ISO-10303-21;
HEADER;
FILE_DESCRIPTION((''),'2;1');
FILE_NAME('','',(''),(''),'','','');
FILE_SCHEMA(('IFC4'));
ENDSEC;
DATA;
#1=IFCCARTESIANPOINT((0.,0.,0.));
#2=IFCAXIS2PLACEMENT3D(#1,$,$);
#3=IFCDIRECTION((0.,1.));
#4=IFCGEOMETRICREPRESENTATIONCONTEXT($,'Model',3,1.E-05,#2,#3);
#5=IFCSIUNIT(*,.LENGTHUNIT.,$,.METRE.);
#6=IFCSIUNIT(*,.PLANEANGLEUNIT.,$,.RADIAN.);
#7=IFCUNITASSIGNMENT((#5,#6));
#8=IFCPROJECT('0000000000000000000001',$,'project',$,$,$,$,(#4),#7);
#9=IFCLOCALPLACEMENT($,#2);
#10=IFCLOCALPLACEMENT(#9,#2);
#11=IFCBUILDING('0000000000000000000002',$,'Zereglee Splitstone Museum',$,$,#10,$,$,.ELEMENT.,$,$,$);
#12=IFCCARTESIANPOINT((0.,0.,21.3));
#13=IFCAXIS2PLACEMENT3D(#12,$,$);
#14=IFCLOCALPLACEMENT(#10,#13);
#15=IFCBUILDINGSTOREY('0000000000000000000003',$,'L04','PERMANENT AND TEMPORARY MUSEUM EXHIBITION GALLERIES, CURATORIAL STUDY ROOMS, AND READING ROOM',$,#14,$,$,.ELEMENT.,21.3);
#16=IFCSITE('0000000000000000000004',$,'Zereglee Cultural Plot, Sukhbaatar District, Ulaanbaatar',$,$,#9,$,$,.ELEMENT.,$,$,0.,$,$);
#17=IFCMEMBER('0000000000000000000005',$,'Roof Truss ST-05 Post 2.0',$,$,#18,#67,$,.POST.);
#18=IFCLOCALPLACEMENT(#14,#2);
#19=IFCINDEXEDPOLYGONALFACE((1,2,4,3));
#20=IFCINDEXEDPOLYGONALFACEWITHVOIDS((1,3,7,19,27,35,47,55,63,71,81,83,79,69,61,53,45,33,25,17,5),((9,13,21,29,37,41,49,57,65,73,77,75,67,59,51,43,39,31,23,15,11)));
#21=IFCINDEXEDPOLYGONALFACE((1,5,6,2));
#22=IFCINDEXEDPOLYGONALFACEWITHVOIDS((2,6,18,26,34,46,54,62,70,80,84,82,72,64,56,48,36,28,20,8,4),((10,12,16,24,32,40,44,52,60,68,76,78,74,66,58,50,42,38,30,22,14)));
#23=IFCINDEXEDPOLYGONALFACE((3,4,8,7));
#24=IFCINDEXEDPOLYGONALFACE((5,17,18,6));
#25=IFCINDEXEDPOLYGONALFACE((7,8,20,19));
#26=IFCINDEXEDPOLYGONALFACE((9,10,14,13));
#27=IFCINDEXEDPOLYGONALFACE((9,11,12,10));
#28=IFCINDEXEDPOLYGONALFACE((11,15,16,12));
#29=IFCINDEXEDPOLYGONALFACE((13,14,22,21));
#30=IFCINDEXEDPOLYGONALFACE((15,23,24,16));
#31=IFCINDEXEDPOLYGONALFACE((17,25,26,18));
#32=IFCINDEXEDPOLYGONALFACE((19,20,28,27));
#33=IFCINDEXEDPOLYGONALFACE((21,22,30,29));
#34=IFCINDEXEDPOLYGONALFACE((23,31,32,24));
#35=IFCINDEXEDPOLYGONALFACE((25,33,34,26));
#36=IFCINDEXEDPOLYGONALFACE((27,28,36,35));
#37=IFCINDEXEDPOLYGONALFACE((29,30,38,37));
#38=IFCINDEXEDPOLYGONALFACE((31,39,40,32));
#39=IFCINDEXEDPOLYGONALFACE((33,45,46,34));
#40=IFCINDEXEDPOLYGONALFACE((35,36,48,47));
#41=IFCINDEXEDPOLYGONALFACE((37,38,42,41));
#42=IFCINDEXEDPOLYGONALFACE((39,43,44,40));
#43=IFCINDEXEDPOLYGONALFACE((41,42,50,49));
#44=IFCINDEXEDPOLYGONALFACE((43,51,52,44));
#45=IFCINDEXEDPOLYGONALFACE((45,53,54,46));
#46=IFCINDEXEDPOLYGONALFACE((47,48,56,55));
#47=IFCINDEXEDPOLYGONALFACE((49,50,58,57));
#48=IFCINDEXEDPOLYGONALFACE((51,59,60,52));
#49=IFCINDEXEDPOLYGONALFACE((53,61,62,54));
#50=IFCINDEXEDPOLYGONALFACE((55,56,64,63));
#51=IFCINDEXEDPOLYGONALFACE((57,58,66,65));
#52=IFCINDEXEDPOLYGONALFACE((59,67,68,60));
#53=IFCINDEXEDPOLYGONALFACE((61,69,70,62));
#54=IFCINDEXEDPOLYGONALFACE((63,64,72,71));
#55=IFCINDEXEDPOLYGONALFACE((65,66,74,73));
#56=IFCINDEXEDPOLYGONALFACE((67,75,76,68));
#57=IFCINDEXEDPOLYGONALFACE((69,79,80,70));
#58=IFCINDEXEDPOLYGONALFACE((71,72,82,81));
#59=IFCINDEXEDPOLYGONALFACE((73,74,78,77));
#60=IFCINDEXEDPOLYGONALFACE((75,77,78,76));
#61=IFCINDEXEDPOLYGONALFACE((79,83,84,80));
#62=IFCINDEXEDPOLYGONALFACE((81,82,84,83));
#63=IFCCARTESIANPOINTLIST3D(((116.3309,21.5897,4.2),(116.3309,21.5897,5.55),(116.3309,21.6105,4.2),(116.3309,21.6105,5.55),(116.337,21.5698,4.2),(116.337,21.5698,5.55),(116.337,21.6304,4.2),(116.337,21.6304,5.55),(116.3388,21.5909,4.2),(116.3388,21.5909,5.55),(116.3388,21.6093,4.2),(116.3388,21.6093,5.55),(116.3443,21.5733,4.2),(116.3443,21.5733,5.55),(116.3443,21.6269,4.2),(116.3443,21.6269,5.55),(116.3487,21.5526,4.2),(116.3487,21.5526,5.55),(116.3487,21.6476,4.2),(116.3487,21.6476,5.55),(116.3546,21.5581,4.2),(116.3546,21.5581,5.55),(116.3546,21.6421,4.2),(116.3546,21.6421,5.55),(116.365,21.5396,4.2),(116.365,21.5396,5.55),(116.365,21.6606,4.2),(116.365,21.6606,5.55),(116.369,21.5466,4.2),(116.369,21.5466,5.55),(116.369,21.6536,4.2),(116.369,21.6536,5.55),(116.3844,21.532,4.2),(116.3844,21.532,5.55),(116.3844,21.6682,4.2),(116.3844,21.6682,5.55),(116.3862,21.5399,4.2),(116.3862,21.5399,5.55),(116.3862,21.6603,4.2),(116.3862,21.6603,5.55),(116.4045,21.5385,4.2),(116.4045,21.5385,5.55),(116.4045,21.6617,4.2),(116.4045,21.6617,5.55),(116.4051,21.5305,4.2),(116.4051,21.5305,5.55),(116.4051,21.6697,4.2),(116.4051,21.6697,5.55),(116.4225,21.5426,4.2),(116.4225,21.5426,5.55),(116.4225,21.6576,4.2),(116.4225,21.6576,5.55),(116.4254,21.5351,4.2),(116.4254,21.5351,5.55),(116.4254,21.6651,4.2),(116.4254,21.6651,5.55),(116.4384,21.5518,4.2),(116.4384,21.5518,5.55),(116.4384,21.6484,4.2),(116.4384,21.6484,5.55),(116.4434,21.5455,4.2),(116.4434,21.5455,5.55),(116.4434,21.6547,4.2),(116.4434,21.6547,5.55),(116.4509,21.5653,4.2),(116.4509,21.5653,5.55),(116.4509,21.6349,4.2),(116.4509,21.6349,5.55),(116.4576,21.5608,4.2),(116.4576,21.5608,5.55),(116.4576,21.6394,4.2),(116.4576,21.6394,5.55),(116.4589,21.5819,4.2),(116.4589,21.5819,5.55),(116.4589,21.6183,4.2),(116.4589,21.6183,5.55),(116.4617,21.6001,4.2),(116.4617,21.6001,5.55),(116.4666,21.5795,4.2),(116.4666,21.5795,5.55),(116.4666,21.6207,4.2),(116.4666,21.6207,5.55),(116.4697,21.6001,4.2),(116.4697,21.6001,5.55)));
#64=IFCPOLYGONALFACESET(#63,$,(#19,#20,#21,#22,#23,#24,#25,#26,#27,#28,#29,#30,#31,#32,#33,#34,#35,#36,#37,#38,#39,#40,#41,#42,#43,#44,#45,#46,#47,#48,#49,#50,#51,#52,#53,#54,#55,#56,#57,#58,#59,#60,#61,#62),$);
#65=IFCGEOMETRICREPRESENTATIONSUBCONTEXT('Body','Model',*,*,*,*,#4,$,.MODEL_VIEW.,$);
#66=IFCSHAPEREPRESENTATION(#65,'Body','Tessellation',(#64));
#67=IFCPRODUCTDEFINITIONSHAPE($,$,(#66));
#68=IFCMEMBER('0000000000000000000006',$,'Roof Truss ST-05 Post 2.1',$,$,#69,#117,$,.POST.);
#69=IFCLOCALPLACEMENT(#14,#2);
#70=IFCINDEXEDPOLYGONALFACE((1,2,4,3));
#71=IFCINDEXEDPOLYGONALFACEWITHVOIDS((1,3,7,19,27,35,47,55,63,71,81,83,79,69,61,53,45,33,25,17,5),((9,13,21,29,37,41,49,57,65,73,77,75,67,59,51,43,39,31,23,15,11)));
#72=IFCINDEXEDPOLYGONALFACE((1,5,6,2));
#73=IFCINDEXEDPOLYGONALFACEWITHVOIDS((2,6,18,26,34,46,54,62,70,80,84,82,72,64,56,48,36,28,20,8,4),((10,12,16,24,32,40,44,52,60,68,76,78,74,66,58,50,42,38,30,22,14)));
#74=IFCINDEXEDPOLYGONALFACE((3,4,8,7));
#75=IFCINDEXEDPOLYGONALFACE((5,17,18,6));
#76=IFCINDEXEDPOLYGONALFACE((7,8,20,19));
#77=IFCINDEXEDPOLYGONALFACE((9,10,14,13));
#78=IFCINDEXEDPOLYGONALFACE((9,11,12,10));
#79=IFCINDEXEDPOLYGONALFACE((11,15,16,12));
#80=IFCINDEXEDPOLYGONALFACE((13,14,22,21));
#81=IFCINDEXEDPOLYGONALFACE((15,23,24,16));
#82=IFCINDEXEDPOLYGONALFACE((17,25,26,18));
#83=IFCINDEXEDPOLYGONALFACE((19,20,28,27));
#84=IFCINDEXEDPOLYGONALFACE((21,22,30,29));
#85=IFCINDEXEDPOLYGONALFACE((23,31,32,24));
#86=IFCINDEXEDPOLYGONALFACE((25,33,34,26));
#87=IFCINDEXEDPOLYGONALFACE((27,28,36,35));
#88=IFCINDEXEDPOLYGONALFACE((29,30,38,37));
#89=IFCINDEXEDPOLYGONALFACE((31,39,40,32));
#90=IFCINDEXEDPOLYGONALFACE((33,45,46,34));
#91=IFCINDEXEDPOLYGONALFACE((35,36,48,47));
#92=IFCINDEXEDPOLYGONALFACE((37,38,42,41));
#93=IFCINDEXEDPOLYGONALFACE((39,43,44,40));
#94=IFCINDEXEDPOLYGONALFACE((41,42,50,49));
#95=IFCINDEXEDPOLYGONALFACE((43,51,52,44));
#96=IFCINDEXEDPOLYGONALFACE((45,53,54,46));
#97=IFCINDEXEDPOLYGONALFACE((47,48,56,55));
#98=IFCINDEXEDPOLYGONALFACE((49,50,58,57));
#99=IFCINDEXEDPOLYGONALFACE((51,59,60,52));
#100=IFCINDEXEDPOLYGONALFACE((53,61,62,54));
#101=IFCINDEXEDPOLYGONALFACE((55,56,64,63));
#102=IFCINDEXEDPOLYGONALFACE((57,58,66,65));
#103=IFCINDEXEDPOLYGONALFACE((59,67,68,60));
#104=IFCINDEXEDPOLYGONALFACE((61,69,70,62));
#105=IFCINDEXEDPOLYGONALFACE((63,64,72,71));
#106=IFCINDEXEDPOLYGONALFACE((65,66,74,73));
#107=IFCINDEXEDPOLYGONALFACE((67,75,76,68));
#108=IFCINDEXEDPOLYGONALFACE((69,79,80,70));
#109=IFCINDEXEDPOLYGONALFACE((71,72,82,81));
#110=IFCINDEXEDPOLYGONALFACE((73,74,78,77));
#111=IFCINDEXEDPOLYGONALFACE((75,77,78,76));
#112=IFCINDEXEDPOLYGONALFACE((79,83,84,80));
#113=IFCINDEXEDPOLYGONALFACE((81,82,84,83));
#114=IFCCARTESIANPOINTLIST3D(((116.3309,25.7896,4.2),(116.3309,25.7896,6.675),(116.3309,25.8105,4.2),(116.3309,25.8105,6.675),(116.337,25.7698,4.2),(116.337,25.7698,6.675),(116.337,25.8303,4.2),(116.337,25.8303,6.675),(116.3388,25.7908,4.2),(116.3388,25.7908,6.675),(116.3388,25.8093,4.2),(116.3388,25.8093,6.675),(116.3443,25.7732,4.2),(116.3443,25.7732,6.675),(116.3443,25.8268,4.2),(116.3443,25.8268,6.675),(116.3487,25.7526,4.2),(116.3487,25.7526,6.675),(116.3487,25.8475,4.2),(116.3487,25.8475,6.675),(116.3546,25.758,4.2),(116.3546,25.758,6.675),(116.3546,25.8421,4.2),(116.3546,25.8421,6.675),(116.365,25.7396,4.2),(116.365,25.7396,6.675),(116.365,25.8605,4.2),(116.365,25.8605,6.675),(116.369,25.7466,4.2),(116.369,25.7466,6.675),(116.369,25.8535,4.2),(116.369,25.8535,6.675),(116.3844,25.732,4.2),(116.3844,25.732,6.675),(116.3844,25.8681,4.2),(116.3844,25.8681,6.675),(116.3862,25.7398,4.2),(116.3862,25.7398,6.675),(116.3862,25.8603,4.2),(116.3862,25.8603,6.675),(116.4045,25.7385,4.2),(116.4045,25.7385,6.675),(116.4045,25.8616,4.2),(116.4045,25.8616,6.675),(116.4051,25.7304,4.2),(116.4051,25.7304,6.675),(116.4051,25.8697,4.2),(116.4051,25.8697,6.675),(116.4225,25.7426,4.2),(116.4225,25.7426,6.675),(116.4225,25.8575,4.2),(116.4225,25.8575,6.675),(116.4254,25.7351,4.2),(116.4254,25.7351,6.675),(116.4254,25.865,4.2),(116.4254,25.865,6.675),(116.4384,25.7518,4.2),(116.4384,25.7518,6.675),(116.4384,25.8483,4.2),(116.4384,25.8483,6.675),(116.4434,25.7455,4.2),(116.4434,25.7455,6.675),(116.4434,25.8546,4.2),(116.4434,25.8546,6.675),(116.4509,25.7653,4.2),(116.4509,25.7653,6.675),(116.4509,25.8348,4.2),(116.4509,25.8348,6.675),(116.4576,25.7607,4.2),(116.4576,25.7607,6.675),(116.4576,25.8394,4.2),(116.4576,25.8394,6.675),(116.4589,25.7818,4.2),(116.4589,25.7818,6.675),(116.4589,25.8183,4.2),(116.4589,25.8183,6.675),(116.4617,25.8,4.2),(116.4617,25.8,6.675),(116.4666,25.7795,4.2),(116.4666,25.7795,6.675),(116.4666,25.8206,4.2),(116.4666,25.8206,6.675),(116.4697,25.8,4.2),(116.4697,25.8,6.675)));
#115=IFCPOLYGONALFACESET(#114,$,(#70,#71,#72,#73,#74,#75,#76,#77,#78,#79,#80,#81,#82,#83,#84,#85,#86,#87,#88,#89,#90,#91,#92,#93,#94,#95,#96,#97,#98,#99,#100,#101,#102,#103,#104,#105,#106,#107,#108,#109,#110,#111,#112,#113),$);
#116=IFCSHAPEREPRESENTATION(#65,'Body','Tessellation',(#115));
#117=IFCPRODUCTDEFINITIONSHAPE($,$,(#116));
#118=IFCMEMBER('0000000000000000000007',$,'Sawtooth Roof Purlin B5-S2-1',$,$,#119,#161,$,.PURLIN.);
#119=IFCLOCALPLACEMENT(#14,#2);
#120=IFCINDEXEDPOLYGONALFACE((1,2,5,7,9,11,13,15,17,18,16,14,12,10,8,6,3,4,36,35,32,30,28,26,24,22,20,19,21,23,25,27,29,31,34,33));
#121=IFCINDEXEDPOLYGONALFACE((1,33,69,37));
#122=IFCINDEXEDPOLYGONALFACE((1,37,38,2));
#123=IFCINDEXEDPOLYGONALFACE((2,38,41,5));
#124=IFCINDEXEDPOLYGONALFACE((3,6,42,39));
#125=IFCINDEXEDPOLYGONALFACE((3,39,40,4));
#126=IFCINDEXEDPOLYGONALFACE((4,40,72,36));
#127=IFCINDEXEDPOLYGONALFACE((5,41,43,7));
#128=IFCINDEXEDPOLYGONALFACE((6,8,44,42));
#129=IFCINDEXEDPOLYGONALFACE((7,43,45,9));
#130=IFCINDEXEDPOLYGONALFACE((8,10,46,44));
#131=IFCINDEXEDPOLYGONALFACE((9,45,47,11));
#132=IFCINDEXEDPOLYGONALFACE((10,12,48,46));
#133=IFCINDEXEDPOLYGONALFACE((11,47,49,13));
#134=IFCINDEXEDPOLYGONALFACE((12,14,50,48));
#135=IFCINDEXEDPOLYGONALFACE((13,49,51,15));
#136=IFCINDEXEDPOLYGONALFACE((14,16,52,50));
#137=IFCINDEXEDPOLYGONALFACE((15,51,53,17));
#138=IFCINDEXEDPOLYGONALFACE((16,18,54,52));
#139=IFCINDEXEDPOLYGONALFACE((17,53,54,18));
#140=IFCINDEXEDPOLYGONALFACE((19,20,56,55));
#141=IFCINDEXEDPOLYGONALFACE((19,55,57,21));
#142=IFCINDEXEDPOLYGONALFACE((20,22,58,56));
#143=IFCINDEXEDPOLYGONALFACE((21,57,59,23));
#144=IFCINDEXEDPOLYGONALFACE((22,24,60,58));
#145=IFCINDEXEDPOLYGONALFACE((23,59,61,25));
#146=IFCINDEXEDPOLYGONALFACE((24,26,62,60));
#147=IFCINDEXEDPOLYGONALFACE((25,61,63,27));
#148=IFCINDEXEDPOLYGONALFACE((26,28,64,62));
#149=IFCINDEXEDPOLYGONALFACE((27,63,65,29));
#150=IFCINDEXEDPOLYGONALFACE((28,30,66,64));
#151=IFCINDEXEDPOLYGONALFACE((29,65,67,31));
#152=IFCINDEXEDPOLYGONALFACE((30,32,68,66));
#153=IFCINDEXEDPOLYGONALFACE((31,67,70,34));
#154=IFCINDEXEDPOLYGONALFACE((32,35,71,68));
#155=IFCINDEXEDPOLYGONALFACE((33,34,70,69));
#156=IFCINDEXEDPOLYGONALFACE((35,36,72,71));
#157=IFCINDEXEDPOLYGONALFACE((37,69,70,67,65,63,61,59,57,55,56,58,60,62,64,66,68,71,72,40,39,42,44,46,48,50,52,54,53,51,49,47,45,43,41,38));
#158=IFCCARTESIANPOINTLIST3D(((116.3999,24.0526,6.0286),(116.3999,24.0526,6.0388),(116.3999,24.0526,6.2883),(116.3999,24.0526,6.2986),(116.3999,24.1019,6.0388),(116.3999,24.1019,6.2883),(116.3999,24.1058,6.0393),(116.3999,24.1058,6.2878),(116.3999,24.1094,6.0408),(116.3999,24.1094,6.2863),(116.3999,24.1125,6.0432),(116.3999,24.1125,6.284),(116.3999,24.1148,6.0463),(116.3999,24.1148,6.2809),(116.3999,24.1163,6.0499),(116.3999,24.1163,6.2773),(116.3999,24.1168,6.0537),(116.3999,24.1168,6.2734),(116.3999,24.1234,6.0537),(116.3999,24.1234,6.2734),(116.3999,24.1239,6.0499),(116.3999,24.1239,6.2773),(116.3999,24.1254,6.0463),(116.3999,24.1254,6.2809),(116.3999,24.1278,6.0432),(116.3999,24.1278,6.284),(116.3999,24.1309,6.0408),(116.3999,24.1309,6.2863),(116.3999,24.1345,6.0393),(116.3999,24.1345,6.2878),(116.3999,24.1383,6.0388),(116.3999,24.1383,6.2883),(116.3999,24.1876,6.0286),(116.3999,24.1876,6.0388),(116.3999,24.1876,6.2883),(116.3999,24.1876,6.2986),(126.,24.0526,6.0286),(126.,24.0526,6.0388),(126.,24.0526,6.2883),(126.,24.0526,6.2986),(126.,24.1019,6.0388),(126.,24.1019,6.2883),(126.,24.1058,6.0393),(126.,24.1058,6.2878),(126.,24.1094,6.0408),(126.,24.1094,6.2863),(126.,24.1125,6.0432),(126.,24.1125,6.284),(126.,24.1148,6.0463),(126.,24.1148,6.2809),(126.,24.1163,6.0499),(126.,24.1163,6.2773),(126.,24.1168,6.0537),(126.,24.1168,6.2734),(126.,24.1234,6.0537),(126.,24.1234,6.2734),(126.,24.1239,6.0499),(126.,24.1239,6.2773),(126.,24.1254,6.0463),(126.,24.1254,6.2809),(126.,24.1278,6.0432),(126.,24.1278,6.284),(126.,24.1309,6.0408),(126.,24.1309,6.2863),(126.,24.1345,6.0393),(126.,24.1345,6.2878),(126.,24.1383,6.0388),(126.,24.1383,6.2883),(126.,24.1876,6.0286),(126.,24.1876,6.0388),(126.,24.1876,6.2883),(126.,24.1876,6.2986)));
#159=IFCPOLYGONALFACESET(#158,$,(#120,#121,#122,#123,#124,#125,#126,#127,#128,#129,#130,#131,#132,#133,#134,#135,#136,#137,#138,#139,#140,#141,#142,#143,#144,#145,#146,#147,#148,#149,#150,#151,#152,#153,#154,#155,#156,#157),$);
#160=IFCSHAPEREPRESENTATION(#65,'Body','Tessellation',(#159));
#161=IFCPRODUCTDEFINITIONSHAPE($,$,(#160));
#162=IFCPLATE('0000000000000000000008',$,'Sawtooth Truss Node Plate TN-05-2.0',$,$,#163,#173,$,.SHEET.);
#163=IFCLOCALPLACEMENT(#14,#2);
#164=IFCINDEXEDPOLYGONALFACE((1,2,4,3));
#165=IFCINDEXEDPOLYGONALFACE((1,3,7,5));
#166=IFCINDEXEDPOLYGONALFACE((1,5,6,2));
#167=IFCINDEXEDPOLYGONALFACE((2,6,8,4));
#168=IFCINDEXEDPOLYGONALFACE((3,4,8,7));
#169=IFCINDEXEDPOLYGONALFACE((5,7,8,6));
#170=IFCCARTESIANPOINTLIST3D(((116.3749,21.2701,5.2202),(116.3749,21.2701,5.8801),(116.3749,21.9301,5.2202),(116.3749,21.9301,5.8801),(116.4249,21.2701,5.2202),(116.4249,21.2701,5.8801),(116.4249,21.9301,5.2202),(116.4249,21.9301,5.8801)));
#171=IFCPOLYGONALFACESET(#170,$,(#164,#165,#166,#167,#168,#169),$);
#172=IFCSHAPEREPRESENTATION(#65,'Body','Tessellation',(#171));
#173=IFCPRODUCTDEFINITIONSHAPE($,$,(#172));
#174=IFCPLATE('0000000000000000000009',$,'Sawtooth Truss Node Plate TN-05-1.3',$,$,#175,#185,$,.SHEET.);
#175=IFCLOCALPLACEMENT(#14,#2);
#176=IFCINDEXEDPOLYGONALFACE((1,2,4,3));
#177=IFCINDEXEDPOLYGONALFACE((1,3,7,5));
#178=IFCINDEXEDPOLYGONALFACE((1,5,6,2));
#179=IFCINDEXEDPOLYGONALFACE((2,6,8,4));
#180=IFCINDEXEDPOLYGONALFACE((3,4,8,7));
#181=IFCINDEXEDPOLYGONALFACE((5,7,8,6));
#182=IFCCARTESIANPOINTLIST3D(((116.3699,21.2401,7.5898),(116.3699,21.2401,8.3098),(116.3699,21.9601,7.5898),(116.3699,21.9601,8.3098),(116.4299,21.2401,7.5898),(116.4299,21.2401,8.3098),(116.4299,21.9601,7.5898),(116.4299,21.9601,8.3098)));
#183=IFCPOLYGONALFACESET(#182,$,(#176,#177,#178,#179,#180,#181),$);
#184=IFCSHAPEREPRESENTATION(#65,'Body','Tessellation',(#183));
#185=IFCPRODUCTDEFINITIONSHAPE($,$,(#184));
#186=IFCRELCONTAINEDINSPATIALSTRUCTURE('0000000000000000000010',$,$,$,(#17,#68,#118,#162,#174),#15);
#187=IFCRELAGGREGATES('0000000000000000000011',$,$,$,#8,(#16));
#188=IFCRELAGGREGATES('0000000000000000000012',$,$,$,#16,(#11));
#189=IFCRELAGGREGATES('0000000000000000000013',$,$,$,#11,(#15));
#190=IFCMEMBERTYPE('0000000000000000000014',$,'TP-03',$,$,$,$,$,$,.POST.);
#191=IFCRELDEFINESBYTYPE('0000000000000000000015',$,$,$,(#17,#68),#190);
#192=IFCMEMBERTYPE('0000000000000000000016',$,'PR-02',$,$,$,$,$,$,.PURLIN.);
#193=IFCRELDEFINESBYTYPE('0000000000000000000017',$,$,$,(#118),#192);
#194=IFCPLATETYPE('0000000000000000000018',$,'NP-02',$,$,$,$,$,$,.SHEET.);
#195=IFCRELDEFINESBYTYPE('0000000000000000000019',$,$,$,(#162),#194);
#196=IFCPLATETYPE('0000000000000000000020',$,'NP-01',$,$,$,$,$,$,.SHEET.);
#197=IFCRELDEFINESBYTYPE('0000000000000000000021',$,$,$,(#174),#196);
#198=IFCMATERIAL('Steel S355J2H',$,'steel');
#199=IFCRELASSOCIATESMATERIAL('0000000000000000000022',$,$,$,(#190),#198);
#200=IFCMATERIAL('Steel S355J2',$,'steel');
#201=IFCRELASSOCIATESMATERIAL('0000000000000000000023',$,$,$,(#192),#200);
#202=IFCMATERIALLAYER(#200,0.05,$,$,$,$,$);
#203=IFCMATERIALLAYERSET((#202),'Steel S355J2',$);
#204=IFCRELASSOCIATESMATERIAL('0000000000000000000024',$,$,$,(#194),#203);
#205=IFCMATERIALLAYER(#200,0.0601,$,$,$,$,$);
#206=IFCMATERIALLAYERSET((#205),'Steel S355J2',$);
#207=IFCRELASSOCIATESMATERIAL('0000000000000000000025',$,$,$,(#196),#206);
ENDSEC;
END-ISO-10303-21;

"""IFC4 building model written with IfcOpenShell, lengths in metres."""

from ifc_helpers import new_model, si_unit, direction, frame, origin, origin_2d, place, context, subcontext, project, spatial, rectangle, hollow_circle, i_section, extrude, material, layer, layer_set, material_profile, profile_set, type_object, element, save


model = new_model("IFC4")

# Units and contexts
model_context = context("Model", 3, precision=1e-05, world=origin(), true_north=direction((0.0, 1.0)))
body_context = subcontext(model_context, "Body", "Model", "MODEL_VIEW")
ifc_project = project(units=[si_unit("LENGTHUNIT", "METRE"), si_unit("PLANEANGLEUNIT", "RADIAN")], contexts=[model_context])

# Site, building, storey
site_placement = place(None, origin())
site = spatial("IfcSite", under=ifc_project, at=site_placement, Name="Zereglee Cultural Plot, Sukhbaatar District, Ulaanbaatar", CompositionType="ELEMENT", RefElevation=0.0)
building_placement = place(site_placement, origin())
building = spatial("IfcBuilding", under=site, at=building_placement, Name="Zereglee Splitstone Museum", CompositionType="ELEMENT")
storey_placement = place(building_placement, frame((0.0, 0.0, 21.3)))
storey = spatial("IfcBuildingStorey", under=building, at=storey_placement, Name="L04", Description="PERMANENT AND TEMPORARY MUSEUM EXHIBITION GALLERIES, CURATORIAL STUDY ROOMS, AND READING ROOM", CompositionType="ELEMENT", Elevation=21.3)

# Shared definitions
ifc_material_1 = material(Name="Steel S355J2", Category="steel")

# Shared definitions
ifc_material_2 = material(Name="Steel S355J2H", Category="steel")

# Members
ifc_material_profile_1 = material_profile(ifc_material_2, hollow_circle(Radius=0.0698, WallThickness=0.0081, at=origin_2d()), Name="CHS 139.7x8")
ifc_profile_set_1 = profile_set([ifc_material_profile_1], Name="Steel S355J2H")
member_type_1 = type_object("IfcMemberType", Name="TP-03", PredefinedType="POST", material=ifc_profile_set_1)
member_1_placement = place(storey_placement, frame((116.3999, 21.6001, 4.2), z_axis=(0.0, 0.0, 1.0), x_axis=(1.0, 0.0, 0.0)))
element("IfcMember", 1, at=member_1_placement, inside=storey, type_object=member_type_1, Name="Roof Truss ST-05 Post 2.0", PredefinedType="POST", context=body_context, shape_type="SweptSolid", body=[
    extrude(hollow_circle(Radius=0.0698, WallThickness=0.0081, at=origin_2d()), origin(), (0.0, 0.0, 1.0), 1.3501),
])
member_2_placement = place(storey_placement, frame((116.3999, 25.8, 4.2), z_axis=(0.0, 0.0, 1.0), x_axis=(1.0, 0.0, 0.0)))
element("IfcMember", 2, at=member_2_placement, inside=storey, type_object=member_type_1, Name="Roof Truss ST-05 Post 2.1", PredefinedType="POST", context=body_context, shape_type="SweptSolid", body=[
    extrude(hollow_circle(Radius=0.0698, WallThickness=0.0081, at=origin_2d()), origin(), (0.0, 0.0, 1.0), 2.4751),
])
ifc_material_profile_2 = material_profile(ifc_material_1, i_section(OverallWidth=0.135, OverallDepth=0.27, WebThickness=0.0066, FlangeThickness=0.0103, FilletRadius=0.0149, at=origin_2d()), Name="IPE 270")
ifc_profile_set_2 = profile_set([ifc_material_profile_2], Name="Steel S355J2")
member_type_2 = type_object("IfcMemberType", Name="PR-02", PredefinedType="PURLIN", material=ifc_profile_set_2)
member_3_placement = place(storey_placement, frame((116.3999, 24.1201, 6.1636), z_axis=(1.0, 0.0, 0.0), x_axis=(0.0, 1.0, 0.0)))
element("IfcMember", 3, at=member_3_placement, inside=storey, type_object=member_type_2, Name="Sawtooth Roof Purlin B5-S2-1", PredefinedType="PURLIN", context=body_context, shape_type="SweptSolid", body=[
    extrude(i_section(OverallWidth=0.135, OverallDepth=0.27, WebThickness=0.0066, FlangeThickness=0.0103, FilletRadius=0.0149, at=origin_2d()), origin(), (0.0, 0.0, 1.0), 9.6001),
])

# Plates
ifc_layer_1 = layer(ifc_material_1, 0.05)
ifc_layer_set_1 = layer_set([ifc_layer_1], Name="Steel S355J2")
plate_type_1 = type_object("IfcPlateType", Name="NP-02", PredefinedType="SHEET", material=ifc_layer_set_1)
plate_1_placement = place(storey_placement, frame((116.3999, 21.6001, 5.2202), z_axis=(0.0, 0.0, 1.0), x_axis=(1.0, 0.0, 0.0)))
element("IfcPlate", 4, at=plate_1_placement, inside=storey, type_object=plate_type_1, Name="Sawtooth Truss Node Plate TN-05-2.0", PredefinedType="SHEET", context=body_context, shape_type="SweptSolid", body=[
    extrude(rectangle(XDim=0.05, YDim=0.6599, at=origin_2d()), origin(), (0.0, 0.0, 1.0), 0.6599),
])
ifc_layer_2 = layer(ifc_material_1, 0.0601)
ifc_layer_set_2 = layer_set([ifc_layer_2], Name="Steel S355J2")
plate_type_2 = type_object("IfcPlateType", Name="NP-01", PredefinedType="SHEET", material=ifc_layer_set_2)
plate_2_placement = place(storey_placement, frame((116.3999, 21.6001, 7.5898), z_axis=(0.0, 0.0, 1.0), x_axis=(1.0, 0.0, 0.0)))
element("IfcPlate", 5, at=plate_2_placement, inside=storey, type_object=plate_type_2, Name="Sawtooth Truss Node Plate TN-05-1.3", PredefinedType="SHEET", context=body_context, shape_type="SweptSolid", body=[
    extrude(rectangle(XDim=0.0601, YDim=0.72, at=origin_2d()), origin(), (0.0, 0.0, 1.0), 0.72),
])

save(model, "model.ifc")
